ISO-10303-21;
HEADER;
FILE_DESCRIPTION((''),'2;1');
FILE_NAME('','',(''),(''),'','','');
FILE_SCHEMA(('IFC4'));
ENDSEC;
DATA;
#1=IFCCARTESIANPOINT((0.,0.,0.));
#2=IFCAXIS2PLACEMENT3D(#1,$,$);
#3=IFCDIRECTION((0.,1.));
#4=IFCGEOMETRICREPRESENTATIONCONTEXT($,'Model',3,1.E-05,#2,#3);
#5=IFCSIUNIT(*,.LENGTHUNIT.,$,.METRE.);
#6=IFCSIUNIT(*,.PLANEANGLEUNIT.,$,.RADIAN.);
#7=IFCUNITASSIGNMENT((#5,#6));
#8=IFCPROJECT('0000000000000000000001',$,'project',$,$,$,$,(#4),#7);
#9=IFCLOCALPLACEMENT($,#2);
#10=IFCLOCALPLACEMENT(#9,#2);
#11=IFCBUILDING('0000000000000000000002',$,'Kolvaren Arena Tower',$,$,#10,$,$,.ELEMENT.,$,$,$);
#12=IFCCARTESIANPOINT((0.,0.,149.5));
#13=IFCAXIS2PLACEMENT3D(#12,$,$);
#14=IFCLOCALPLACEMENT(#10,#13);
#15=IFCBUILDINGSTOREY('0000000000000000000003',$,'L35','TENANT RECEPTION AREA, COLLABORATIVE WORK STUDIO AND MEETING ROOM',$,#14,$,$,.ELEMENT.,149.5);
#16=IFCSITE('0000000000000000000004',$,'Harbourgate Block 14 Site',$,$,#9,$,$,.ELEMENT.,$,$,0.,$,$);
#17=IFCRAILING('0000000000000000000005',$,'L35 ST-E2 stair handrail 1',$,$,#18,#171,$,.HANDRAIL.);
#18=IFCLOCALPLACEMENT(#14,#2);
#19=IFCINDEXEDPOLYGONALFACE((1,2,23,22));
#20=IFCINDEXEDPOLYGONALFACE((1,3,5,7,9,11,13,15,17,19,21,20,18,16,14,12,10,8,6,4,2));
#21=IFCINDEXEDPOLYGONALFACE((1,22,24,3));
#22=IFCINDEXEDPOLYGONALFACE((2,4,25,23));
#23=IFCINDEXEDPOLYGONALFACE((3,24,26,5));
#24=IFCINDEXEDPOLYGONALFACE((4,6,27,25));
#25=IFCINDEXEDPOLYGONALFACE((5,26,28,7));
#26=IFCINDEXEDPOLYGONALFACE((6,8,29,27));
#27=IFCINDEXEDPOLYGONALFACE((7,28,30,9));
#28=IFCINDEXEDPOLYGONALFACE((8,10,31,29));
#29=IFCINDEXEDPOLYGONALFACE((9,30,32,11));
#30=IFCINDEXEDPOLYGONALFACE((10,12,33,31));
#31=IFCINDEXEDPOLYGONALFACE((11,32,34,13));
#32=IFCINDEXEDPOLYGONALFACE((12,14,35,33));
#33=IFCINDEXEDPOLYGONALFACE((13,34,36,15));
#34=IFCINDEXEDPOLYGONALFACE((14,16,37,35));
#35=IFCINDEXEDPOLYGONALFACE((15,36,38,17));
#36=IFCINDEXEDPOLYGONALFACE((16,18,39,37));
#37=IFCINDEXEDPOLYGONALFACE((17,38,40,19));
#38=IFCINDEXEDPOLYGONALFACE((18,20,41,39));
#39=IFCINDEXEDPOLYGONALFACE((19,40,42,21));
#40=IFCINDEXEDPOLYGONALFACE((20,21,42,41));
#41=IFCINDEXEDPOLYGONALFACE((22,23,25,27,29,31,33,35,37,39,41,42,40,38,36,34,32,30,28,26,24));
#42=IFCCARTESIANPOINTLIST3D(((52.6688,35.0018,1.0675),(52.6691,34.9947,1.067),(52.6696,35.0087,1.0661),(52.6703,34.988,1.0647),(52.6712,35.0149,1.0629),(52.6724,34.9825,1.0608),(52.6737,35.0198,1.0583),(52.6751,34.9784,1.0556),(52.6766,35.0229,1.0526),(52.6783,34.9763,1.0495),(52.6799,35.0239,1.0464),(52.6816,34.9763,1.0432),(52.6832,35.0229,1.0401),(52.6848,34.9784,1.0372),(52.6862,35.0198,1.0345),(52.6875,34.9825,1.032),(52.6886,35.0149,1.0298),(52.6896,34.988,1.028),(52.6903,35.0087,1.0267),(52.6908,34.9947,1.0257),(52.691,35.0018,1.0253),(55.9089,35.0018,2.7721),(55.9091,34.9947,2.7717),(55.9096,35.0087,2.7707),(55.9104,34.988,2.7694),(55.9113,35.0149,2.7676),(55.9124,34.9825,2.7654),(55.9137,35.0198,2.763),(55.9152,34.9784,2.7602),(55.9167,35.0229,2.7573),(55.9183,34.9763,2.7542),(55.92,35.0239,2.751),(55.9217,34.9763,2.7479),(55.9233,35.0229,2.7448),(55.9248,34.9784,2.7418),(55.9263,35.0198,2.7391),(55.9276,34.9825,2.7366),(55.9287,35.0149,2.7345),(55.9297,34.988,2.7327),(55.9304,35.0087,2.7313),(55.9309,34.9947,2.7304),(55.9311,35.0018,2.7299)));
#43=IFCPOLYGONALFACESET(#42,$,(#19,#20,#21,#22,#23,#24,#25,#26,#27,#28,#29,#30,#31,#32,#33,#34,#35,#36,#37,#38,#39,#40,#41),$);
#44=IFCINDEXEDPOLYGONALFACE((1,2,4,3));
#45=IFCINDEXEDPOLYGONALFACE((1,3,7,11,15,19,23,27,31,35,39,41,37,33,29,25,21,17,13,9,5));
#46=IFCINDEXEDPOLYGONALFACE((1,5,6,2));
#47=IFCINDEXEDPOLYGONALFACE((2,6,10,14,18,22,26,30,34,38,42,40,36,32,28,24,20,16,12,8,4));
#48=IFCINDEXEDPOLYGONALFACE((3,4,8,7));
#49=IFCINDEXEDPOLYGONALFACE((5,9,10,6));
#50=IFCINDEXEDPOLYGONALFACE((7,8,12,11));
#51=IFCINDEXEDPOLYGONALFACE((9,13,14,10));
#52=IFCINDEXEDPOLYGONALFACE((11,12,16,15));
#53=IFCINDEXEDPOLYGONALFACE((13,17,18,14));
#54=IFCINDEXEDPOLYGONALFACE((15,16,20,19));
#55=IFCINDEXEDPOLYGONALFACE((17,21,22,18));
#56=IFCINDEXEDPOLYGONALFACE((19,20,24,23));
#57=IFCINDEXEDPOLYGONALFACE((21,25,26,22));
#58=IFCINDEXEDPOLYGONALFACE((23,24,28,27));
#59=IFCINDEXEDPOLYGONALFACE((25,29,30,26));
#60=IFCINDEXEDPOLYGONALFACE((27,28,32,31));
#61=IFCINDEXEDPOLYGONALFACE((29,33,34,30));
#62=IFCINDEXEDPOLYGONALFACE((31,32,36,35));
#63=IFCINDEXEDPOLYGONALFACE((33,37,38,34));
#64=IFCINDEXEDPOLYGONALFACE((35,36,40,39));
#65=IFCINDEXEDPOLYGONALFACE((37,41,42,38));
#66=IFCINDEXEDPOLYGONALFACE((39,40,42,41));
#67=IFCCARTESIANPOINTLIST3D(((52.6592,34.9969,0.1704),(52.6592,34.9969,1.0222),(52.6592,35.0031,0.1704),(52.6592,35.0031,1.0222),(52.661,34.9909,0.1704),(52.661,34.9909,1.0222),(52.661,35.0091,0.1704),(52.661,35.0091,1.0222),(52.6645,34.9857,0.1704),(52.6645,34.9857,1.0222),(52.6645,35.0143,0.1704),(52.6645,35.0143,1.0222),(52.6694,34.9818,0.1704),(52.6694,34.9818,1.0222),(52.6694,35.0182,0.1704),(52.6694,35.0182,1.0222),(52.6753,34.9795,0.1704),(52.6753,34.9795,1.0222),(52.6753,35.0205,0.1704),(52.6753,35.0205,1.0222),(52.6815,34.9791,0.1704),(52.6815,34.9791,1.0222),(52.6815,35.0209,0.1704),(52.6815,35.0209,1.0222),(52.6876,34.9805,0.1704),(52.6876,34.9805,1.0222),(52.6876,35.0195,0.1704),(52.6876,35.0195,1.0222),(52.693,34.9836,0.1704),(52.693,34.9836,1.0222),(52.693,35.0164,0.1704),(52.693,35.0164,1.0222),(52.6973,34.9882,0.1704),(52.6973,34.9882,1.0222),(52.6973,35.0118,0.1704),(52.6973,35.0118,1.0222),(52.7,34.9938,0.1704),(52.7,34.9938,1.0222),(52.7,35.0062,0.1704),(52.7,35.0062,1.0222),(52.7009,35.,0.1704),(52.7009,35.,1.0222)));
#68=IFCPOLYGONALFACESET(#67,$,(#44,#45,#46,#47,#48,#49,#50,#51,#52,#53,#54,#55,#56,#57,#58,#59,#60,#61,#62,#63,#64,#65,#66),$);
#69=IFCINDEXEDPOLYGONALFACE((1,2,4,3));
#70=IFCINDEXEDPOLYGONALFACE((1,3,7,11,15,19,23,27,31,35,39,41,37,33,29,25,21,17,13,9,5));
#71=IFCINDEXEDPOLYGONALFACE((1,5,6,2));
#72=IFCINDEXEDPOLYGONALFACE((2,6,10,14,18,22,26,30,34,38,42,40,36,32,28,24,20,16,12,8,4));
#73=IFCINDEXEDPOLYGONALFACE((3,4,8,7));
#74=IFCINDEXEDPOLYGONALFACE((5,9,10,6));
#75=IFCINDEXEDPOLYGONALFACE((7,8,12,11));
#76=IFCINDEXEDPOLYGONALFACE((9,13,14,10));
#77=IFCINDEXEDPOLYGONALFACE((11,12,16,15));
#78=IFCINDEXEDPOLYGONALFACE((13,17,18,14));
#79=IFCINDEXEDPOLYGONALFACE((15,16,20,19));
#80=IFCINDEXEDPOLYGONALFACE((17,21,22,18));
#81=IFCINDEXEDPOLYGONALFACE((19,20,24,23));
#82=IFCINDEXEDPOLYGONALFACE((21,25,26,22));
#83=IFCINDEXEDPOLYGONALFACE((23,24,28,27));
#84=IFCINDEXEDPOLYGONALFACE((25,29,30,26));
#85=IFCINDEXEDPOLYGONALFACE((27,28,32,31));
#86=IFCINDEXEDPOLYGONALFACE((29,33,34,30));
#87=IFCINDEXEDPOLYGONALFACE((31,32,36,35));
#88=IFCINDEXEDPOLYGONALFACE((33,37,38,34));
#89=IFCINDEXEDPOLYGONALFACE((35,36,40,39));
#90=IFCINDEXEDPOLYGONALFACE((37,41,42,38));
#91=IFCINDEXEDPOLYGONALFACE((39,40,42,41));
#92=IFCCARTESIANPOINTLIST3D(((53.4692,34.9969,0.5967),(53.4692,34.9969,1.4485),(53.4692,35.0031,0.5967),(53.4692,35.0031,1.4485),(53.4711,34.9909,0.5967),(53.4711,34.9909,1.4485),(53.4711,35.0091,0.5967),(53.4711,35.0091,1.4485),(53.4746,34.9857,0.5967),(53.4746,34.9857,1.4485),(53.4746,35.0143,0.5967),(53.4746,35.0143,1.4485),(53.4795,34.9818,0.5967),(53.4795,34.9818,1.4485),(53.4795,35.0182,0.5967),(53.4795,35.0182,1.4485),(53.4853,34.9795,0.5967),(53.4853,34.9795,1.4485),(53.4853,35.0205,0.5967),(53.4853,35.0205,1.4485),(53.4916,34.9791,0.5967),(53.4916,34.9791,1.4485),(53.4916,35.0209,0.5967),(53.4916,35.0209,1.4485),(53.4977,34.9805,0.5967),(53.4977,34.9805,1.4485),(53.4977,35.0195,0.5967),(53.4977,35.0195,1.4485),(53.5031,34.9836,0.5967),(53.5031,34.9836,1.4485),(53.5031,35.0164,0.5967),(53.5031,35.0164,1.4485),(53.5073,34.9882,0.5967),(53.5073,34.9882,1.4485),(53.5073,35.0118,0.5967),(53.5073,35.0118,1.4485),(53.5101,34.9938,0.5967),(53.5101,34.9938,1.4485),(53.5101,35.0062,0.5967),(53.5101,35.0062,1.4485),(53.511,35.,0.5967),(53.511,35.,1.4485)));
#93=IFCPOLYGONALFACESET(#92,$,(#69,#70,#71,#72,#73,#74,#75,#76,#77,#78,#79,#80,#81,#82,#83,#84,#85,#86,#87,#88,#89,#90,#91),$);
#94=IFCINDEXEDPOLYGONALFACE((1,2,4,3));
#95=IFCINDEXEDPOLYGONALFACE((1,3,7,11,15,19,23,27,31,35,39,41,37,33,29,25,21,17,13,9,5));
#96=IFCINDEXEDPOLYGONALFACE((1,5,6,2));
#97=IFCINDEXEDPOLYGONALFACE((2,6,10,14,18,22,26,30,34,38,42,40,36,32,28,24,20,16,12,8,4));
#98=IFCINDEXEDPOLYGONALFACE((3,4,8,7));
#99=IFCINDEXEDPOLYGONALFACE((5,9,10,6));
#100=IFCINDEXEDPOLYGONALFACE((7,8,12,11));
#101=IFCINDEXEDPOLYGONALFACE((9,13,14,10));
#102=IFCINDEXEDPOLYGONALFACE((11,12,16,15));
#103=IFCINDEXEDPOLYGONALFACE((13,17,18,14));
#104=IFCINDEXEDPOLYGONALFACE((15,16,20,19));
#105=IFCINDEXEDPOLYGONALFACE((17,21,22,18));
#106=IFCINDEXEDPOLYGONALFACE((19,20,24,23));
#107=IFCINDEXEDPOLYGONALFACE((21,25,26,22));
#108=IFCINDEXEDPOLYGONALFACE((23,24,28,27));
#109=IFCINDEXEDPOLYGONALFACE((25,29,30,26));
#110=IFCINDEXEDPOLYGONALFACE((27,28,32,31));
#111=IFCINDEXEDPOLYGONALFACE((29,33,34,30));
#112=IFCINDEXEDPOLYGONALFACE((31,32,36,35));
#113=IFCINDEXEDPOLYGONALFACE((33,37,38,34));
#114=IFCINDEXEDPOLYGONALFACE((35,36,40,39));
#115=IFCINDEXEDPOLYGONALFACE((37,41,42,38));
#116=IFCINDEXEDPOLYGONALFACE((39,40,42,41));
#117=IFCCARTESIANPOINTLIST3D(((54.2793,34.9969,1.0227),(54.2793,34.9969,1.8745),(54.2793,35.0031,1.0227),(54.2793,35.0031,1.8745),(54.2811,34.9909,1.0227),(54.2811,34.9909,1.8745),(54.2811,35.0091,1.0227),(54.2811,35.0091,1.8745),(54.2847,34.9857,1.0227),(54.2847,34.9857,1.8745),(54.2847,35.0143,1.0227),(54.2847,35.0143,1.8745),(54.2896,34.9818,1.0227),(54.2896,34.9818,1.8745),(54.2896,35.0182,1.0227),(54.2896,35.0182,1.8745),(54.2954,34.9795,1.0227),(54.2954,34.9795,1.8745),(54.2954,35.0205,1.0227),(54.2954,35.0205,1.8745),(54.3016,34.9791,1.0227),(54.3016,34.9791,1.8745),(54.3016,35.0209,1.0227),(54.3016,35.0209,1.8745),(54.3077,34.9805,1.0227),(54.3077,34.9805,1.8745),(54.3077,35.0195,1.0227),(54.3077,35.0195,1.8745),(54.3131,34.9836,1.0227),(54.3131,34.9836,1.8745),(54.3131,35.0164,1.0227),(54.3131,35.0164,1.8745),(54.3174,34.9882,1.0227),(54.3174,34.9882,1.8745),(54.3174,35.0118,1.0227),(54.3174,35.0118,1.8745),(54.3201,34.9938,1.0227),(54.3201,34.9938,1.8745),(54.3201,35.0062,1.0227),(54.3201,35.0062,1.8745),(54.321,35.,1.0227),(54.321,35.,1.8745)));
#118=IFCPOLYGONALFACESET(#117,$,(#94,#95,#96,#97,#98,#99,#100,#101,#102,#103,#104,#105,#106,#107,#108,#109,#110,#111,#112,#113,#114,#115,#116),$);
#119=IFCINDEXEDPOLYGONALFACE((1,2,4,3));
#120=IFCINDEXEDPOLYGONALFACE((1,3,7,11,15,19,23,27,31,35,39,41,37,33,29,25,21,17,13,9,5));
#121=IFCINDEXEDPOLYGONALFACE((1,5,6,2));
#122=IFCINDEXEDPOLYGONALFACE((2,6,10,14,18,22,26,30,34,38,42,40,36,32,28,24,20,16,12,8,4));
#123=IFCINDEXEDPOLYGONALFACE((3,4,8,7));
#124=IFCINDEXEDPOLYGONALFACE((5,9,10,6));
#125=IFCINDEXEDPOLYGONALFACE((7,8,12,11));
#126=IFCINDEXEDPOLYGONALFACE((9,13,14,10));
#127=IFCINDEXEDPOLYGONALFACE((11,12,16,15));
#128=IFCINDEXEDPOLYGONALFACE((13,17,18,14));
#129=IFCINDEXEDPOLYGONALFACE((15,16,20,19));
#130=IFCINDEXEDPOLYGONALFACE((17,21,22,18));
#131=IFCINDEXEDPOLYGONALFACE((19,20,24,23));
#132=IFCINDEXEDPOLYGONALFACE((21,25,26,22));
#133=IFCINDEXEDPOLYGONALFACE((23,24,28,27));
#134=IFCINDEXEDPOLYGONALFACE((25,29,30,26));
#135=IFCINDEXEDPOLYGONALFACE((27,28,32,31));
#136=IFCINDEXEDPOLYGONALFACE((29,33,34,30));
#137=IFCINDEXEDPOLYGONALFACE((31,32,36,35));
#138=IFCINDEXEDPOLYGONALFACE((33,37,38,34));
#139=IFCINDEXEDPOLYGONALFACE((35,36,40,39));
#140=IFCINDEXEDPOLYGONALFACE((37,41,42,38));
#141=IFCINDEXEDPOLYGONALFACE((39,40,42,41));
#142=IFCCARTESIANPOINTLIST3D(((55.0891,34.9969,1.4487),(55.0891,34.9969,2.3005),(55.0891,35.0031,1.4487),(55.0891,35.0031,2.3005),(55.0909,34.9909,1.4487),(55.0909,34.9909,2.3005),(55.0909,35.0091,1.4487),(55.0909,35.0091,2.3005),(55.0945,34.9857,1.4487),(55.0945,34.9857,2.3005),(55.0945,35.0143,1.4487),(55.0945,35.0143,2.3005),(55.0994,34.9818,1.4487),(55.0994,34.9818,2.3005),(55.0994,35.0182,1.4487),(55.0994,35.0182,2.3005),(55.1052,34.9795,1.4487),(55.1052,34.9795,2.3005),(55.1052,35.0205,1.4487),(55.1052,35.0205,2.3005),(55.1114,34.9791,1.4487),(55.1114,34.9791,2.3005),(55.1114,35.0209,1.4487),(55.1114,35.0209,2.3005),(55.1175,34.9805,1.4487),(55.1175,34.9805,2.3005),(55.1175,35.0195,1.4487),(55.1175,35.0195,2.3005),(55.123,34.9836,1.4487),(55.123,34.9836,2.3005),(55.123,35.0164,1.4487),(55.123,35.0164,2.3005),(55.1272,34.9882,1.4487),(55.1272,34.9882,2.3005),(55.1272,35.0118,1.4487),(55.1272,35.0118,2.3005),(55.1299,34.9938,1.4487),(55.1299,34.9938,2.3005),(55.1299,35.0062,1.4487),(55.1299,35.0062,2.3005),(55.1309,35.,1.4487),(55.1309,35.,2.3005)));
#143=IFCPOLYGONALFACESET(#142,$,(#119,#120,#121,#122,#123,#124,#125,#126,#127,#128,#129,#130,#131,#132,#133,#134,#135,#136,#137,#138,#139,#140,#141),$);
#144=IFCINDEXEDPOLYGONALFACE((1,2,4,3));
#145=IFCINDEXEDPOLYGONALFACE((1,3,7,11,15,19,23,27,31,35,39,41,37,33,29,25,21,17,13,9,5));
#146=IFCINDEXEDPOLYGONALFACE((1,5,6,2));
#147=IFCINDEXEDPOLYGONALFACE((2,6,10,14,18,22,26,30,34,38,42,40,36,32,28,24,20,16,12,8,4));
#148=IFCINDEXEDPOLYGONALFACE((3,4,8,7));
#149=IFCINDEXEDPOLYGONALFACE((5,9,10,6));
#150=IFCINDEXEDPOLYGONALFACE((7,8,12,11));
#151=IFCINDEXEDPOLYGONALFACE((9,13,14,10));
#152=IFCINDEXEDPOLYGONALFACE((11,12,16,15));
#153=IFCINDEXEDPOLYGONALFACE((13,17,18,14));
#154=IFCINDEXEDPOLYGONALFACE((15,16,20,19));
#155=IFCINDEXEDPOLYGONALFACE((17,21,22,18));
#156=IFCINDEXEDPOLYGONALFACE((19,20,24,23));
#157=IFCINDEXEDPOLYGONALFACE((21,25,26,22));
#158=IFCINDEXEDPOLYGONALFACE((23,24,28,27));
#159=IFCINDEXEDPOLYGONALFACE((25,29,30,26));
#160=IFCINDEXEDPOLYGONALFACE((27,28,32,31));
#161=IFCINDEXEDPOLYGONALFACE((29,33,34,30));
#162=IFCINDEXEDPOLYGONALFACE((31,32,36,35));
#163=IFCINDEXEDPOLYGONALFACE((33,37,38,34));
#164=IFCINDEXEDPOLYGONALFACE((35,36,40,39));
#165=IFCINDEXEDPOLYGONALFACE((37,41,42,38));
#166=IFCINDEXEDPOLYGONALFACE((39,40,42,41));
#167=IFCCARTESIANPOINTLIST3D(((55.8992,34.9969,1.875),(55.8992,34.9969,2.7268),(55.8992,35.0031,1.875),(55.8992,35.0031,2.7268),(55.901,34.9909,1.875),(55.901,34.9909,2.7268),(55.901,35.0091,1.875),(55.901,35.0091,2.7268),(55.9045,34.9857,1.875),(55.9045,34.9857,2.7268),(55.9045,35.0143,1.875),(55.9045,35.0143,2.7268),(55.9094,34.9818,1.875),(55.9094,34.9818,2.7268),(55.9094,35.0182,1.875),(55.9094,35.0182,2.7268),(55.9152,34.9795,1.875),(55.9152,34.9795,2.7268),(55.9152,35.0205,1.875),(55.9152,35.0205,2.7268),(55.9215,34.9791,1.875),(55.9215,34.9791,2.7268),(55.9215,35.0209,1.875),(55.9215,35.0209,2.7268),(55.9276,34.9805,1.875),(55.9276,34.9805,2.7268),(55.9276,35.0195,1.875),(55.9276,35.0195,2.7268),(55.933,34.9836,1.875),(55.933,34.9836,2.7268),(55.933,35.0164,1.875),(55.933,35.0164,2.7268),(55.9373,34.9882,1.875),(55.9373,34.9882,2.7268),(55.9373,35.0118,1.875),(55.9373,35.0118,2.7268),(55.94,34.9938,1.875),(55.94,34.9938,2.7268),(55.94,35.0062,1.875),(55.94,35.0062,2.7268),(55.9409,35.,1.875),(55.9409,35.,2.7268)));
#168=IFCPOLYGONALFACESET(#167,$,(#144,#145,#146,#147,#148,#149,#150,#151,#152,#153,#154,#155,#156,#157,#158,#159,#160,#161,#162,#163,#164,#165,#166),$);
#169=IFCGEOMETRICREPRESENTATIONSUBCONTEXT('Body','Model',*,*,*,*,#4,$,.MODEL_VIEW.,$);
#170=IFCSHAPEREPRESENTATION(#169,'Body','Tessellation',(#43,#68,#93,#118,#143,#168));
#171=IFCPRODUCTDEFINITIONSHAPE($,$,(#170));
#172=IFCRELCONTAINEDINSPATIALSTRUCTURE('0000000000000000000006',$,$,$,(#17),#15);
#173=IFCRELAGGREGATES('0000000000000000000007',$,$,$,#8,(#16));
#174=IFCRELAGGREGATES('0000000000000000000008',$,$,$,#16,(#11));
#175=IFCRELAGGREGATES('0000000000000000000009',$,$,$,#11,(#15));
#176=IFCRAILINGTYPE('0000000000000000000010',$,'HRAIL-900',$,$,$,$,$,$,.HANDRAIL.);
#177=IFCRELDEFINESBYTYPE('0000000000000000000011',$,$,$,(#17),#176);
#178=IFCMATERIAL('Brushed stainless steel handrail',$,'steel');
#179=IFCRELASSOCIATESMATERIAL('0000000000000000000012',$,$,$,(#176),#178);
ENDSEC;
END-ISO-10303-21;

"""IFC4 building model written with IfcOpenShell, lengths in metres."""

from ifc_helpers import new_model, si_unit, direction, frame, origin, origin_2d, place, context, subcontext, project, spatial, circle, extrude, material, type_object, element, save


model = new_model("IFC4")

# Units and contexts
model_context = context("Model", 3, precision=1e-05, world=origin(), true_north=direction((0.0, 1.0)))
body_context = subcontext(model_context, "Body", "Model", "MODEL_VIEW")
ifc_project = project(units=[si_unit("LENGTHUNIT", "METRE"), si_unit("PLANEANGLEUNIT", "RADIAN")], contexts=[model_context])

# Site, building, storey
site_placement = place(None, origin())
site = spatial("IfcSite", under=ifc_project, at=site_placement, Name="Harbourgate Block 14 Site", CompositionType="ELEMENT", RefElevation=0.0)
building_placement = place(site_placement, origin())
building = spatial("IfcBuilding", under=site, at=building_placement, Name="Kolvaren Arena Tower", CompositionType="ELEMENT")
storey_placement = place(building_placement, frame((0.0, 0.0, 149.5)))
storey = spatial("IfcBuildingStorey", under=building, at=storey_placement, Name="L35", Description="TENANT RECEPTION AREA, COLLABORATIVE WORK STUDIO AND MEETING ROOM", CompositionType="ELEMENT", Elevation=149.5)

# Railing
ifc_material_1 = material(Name="Brushed stainless steel handrail", Category="steel")
railing_type_1 = type_object("IfcRailingType", Name="HRAIL-900", PredefinedType="HANDRAIL", material=ifc_material_1)
for number, where, name in (
    (1, (52.6799, 35.0, 0.1704), "L35 ST-E2 stair handrail 1"),
):
    element("IfcRailing", number, at=place(storey_placement, frame(where)), inside=storey, type_object=railing_type_1, Name=name, PredefinedType="HANDRAIL", context=body_context, shape_type="SweptSolid", body=[
        extrude(circle(Radius=0.0239, at=origin_2d()), frame((0.0, 0.0, 0.876), z_axis=(0.884993, 0.0, 0.465604), x_axis=(0.0, 1.0, 0.0)), (0.0, 0.0, 1.0), 3.6611),
        extrude(circle(Radius=0.021, at=origin_2d()), origin(), (0.0, 0.0, 1.0), 0.8518),
        extrude(circle(Radius=0.021, at=origin_2d()), frame((0.8101, 0.0, 0.4263)), (0.0, 0.0, 1.0), 0.8518),
        extrude(circle(Radius=0.021, at=origin_2d()), frame((1.6201, 0.0, 0.8523)), (0.0, 0.0, 1.0), 0.8518),
        extrude(circle(Radius=0.021, at=origin_2d()), frame((2.4299, 0.0, 1.2783)), (0.0, 0.0, 1.0), 0.8518),
        extrude(circle(Radius=0.021, at=origin_2d()), frame((3.24, 0.0, 1.7046)), (0.0, 0.0, 1.0), 0.8518),
    ])

save(model, "model.ifc")
